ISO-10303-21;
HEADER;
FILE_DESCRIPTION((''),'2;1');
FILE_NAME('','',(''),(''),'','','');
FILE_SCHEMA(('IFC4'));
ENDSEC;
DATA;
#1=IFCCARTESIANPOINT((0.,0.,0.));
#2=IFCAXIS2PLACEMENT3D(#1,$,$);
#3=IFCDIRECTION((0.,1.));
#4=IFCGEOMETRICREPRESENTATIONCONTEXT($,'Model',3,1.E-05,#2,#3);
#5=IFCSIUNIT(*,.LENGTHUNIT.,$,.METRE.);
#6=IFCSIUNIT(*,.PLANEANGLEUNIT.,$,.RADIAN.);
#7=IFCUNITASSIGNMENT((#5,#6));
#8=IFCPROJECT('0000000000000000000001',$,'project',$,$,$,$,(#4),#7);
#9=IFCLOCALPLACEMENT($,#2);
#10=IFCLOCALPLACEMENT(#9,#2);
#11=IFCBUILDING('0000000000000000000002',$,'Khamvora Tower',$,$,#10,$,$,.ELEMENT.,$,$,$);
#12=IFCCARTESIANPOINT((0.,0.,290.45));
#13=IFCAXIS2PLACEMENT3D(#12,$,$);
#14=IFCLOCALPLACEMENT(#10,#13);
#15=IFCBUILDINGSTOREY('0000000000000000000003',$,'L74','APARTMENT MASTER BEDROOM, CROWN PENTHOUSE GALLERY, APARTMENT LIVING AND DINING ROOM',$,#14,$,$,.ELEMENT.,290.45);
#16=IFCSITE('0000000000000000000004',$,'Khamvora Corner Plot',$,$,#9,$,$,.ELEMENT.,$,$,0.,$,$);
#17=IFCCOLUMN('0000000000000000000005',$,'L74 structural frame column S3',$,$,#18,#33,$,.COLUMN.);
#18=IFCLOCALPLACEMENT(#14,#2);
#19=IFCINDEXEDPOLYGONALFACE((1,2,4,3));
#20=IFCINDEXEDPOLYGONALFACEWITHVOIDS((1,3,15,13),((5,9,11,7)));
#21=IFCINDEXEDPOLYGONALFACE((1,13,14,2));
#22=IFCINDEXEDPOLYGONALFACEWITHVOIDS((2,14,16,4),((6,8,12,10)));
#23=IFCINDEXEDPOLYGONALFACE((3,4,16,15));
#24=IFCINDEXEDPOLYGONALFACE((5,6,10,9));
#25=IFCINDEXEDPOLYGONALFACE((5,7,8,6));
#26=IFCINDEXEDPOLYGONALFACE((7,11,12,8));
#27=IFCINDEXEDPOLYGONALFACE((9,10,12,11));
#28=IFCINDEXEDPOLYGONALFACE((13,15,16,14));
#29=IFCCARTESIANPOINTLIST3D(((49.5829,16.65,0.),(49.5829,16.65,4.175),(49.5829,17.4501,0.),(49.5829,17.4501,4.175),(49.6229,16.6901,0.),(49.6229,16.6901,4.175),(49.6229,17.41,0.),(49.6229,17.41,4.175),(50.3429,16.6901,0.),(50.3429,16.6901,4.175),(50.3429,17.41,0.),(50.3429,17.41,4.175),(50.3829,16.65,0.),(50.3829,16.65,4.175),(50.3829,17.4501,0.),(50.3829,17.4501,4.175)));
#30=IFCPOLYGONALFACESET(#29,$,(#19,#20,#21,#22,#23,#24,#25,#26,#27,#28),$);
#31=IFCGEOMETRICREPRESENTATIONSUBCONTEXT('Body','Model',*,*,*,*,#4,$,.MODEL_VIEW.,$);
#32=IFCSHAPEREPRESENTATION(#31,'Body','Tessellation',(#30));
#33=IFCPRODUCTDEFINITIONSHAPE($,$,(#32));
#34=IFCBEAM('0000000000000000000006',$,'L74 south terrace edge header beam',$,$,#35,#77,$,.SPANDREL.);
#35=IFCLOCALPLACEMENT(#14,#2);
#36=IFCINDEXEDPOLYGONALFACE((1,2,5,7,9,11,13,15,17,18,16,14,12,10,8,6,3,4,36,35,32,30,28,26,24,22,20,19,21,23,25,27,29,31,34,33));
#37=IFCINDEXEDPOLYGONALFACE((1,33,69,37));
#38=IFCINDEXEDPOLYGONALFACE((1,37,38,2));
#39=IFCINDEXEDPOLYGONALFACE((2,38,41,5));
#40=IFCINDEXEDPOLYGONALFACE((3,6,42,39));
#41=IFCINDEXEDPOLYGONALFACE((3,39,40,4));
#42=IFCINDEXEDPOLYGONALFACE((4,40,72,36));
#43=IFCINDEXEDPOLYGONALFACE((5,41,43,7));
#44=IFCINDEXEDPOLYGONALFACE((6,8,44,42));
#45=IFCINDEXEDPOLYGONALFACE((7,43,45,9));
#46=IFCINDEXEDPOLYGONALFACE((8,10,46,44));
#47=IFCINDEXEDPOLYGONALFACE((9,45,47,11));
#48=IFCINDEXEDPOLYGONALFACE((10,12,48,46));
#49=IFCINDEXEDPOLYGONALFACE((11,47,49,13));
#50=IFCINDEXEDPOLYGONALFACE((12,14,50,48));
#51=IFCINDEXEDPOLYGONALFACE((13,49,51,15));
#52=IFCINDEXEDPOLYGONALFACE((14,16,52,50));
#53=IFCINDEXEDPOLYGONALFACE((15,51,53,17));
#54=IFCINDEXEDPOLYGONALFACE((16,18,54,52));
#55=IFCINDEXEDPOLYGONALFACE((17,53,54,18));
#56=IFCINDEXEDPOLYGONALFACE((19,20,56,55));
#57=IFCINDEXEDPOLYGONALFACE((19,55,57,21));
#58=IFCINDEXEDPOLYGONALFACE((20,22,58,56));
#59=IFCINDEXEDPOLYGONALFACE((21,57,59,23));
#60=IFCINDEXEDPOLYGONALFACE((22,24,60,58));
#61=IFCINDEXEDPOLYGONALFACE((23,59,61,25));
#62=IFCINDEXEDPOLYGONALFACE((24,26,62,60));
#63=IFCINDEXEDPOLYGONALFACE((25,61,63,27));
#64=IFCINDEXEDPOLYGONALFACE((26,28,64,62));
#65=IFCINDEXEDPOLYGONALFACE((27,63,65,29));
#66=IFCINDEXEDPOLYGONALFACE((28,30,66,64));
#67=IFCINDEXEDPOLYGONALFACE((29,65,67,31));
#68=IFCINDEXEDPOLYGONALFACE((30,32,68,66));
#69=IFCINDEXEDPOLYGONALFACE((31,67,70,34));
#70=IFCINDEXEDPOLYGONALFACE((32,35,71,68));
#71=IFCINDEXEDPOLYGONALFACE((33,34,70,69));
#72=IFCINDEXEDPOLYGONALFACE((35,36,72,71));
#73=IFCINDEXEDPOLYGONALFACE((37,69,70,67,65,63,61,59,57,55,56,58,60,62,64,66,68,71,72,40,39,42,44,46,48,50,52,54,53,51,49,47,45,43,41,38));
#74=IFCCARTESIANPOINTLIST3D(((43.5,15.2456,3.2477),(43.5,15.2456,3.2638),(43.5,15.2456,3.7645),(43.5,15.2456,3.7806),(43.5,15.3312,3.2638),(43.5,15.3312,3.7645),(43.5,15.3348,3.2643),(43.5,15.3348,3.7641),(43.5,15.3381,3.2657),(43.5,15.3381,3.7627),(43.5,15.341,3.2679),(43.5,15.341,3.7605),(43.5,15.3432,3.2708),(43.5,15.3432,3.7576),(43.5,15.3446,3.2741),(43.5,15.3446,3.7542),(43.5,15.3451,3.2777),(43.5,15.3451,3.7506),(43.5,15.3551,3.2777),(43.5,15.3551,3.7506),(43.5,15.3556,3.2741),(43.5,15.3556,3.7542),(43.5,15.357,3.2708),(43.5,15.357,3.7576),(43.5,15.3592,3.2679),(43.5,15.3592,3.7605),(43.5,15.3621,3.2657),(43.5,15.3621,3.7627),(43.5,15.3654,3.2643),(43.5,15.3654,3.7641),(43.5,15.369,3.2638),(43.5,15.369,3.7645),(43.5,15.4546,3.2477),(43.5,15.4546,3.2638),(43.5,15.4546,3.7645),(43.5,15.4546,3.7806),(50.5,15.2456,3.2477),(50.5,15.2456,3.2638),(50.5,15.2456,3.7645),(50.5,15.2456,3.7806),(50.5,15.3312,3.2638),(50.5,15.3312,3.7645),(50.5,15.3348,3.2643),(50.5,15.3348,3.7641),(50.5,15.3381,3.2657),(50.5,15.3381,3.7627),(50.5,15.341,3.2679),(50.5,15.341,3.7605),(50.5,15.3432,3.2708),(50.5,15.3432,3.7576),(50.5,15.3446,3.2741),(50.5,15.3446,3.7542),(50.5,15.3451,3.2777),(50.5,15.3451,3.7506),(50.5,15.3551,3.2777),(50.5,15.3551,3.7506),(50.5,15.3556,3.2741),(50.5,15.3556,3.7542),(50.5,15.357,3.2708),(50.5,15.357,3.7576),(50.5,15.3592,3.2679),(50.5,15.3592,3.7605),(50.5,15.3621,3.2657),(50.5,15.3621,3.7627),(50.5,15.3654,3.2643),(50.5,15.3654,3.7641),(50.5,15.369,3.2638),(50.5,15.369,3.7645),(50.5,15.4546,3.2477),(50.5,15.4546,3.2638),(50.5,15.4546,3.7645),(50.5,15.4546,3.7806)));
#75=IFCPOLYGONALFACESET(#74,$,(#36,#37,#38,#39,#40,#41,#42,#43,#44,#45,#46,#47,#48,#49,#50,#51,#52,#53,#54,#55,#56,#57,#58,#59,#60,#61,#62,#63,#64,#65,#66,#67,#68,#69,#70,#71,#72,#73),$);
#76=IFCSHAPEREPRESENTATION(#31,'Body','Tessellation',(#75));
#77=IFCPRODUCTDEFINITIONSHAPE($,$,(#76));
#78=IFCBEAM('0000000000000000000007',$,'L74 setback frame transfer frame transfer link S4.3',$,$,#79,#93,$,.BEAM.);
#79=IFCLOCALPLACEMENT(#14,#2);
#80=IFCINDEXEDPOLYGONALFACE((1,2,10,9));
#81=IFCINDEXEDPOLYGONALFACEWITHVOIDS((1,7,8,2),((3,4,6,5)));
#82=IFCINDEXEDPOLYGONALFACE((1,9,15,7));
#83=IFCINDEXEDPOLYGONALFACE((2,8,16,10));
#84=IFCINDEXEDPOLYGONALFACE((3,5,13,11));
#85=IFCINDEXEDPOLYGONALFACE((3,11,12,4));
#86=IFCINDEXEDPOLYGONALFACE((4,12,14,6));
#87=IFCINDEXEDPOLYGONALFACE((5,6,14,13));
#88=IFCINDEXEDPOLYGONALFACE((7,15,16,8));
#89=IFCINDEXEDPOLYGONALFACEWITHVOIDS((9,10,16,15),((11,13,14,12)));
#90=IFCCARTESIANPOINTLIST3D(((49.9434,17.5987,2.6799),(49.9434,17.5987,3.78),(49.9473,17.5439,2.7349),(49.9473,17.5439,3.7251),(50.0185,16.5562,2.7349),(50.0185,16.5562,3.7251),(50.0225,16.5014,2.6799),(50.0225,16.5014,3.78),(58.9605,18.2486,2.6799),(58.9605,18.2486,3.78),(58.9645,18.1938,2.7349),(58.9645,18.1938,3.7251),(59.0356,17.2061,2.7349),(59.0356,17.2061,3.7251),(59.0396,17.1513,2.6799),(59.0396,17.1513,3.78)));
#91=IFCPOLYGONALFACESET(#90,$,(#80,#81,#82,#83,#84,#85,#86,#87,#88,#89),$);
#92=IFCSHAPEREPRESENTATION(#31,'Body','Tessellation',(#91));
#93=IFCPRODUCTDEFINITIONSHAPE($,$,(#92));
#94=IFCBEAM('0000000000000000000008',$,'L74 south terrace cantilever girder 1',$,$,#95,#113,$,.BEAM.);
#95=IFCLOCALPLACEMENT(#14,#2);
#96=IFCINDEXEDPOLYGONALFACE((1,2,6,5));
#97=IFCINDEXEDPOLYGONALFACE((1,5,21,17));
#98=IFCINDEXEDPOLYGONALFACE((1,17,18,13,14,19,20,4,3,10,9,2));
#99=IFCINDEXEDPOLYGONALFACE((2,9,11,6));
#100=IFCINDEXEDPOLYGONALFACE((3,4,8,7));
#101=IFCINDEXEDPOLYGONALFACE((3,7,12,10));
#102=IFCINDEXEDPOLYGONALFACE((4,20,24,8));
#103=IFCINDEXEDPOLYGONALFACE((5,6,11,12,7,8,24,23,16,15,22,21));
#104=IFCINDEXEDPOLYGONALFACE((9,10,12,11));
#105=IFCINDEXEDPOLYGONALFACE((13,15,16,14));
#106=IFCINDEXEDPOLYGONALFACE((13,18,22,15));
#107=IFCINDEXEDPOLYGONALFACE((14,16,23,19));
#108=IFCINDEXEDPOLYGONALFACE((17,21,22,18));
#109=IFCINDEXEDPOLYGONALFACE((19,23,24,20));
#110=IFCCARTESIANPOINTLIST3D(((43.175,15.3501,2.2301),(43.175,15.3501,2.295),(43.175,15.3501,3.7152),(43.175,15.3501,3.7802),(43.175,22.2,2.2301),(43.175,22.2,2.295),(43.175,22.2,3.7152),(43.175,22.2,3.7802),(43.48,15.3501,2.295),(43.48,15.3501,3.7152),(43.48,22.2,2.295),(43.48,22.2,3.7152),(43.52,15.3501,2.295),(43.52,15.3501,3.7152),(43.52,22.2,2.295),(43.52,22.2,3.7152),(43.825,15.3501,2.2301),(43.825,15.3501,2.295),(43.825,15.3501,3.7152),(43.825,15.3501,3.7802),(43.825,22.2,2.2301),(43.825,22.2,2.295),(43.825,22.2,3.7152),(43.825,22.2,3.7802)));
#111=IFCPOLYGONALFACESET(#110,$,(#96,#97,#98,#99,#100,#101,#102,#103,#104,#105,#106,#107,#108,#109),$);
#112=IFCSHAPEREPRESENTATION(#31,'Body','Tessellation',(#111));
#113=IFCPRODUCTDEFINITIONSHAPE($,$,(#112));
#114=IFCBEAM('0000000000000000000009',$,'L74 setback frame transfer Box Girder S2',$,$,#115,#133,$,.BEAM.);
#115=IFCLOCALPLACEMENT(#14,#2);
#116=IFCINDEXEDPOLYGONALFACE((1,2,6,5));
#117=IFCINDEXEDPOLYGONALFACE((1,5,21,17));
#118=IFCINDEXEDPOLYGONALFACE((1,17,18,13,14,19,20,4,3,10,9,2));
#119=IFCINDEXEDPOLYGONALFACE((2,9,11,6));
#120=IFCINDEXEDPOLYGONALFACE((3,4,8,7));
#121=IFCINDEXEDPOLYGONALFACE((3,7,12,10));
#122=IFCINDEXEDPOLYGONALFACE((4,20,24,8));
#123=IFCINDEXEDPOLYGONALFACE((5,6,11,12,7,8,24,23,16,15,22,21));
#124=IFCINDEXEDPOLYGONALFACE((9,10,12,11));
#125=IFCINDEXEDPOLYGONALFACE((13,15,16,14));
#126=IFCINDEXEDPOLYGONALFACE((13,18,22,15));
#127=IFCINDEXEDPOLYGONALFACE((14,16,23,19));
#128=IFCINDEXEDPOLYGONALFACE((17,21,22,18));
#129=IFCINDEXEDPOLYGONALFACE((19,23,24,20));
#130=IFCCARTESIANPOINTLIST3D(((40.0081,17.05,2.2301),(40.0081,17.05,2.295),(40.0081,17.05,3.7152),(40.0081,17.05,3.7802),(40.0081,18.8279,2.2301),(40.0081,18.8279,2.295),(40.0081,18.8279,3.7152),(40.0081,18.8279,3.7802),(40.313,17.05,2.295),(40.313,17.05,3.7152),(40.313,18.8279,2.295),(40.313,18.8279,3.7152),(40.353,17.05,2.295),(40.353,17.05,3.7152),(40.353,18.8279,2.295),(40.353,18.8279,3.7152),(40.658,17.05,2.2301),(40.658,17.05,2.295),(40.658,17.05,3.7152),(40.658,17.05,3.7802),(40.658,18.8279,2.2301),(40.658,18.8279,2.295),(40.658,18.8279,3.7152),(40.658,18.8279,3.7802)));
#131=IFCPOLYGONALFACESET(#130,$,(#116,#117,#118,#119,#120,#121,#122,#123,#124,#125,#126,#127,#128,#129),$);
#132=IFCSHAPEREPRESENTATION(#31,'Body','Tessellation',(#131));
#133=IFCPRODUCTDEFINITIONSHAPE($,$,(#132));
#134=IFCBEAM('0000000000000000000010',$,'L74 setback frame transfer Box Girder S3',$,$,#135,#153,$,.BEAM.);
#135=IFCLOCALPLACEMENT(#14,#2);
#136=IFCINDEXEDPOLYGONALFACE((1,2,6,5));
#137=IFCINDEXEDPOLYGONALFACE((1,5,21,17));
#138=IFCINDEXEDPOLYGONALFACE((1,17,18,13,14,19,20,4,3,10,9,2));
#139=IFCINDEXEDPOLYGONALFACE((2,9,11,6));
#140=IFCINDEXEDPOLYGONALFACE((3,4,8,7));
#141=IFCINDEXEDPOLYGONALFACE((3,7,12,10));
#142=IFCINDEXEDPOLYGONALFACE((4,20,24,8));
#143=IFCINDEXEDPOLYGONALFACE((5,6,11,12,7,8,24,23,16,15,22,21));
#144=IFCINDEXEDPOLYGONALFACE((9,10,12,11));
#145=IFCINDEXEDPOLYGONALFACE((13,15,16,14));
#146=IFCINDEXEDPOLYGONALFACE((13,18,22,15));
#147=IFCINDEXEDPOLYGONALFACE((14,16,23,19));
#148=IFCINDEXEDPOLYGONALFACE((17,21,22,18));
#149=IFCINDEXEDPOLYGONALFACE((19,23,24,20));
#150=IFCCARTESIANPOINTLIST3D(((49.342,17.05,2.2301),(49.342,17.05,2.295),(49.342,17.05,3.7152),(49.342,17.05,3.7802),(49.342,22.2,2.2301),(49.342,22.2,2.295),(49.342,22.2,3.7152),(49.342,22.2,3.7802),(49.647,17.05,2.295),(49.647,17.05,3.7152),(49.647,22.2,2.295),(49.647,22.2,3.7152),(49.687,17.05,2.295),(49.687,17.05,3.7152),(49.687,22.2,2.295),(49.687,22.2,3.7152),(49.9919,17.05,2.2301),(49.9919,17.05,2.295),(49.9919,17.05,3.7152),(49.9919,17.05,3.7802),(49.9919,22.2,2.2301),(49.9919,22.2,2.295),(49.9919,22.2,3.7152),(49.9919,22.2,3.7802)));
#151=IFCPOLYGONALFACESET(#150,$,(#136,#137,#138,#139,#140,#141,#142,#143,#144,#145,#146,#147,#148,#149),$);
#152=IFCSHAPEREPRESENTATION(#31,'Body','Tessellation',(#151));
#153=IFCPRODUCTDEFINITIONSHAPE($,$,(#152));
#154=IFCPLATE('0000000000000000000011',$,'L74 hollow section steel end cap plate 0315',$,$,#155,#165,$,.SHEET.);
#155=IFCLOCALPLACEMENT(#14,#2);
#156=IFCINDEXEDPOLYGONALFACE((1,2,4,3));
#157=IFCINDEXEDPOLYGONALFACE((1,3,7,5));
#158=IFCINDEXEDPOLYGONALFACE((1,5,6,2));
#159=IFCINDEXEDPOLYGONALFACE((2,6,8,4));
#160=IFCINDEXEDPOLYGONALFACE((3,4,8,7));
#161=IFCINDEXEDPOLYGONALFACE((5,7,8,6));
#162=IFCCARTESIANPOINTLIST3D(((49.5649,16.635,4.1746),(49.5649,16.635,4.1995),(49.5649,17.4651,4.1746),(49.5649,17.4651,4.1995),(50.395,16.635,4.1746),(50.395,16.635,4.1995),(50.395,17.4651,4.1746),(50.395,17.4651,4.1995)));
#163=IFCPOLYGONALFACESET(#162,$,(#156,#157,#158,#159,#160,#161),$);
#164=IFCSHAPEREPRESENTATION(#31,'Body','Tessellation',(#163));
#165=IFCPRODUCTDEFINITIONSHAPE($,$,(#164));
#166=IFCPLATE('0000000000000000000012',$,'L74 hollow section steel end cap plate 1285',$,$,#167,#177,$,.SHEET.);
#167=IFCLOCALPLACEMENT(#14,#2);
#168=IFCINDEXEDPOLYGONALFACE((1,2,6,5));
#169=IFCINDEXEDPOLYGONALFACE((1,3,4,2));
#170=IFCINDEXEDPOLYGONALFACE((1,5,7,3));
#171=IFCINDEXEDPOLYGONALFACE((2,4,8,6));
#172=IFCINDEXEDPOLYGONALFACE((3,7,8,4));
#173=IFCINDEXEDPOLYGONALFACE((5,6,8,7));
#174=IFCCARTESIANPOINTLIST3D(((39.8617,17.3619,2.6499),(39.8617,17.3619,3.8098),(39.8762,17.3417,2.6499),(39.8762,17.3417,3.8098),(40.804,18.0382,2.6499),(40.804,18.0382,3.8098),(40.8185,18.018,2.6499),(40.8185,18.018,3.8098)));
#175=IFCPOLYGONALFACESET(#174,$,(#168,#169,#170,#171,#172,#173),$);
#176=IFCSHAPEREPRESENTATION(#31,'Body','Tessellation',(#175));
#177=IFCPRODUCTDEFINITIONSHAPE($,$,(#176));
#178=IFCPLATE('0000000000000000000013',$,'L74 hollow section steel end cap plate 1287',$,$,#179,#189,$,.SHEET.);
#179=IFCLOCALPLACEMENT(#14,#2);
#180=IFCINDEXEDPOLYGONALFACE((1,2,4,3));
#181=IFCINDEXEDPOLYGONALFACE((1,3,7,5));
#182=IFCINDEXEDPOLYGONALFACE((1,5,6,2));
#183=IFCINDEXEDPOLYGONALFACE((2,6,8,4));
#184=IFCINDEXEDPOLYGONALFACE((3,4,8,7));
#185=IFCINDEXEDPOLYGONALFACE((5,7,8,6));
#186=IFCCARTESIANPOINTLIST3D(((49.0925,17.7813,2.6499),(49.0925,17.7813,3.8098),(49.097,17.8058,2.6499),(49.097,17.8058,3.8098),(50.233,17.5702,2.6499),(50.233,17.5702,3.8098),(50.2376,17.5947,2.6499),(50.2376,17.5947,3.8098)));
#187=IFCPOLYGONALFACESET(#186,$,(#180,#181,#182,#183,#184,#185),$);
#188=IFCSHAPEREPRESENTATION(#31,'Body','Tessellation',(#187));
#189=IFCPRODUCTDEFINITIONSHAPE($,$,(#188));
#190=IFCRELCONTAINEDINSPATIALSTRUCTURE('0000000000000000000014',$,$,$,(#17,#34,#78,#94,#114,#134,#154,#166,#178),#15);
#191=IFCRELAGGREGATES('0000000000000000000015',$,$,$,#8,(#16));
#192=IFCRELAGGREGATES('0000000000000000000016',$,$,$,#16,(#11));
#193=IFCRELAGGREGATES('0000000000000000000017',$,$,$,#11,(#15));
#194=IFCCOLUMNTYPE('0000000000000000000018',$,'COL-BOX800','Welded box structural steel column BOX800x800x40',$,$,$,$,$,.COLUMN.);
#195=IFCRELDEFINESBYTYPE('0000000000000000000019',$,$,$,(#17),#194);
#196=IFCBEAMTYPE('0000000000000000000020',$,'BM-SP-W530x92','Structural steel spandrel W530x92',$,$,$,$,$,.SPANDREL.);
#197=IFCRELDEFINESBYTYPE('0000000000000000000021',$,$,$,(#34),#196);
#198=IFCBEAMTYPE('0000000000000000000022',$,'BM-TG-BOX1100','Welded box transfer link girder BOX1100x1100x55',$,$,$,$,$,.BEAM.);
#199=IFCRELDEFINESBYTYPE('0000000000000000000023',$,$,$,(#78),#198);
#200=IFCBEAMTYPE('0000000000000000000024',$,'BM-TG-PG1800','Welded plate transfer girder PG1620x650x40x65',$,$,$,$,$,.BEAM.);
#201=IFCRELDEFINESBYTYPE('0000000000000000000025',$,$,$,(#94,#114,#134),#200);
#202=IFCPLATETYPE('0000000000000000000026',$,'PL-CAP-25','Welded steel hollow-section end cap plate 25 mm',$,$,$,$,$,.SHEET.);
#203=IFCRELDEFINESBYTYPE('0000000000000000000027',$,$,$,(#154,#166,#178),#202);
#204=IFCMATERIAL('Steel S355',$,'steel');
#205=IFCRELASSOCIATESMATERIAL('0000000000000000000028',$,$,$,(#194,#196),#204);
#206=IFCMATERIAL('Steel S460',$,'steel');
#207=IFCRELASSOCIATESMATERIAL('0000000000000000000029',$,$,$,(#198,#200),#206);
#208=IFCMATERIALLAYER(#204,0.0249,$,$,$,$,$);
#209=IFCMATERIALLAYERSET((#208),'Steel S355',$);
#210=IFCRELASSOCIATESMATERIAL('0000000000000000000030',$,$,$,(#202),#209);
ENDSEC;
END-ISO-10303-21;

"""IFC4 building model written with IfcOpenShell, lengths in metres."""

from ifc_helpers import new_model, si_unit, direction, frame, origin, origin_2d, place, context, subcontext, project, spatial, rectangle, hollow_rectangle, i_section, extrude, material, layer, layer_set, material_profile, profile_set, type_object, element, save


model = new_model("IFC4")

# Units and contexts
model_context = context("Model", 3, precision=1e-05, world=origin(), true_north=direction((0.0, 1.0)))
body_context = subcontext(model_context, "Body", "Model", "MODEL_VIEW")
ifc_project = project(units=[si_unit("LENGTHUNIT", "METRE"), si_unit("PLANEANGLEUNIT", "RADIAN")], contexts=[model_context])

# Site, building, storey
site_placement = place(None, origin())
site = spatial("IfcSite", under=ifc_project, at=site_placement, Name="Khamvora Corner Plot", CompositionType="ELEMENT", RefElevation=0.0)
building_placement = place(site_placement, origin())
building = spatial("IfcBuilding", under=site, at=building_placement, Name="Khamvora Tower", CompositionType="ELEMENT")
storey_placement = place(building_placement, frame((0.0, 0.0, 290.45)))
storey = spatial("IfcBuildingStorey", under=building, at=storey_placement, Name="L74", Description="APARTMENT MASTER BEDROOM, CROWN PENTHOUSE GALLERY, APARTMENT LIVING AND DINING ROOM", CompositionType="ELEMENT", Elevation=290.45)

# Column
ifc_material_1 = material(Name="Steel S355", Category="steel")
ifc_material_profile_1 = material_profile(ifc_material_1, hollow_rectangle(XDim=0.8, YDim=0.8, WallThickness=0.04, at=origin_2d()), Name="BOX800x800x40")
ifc_profile_set_1 = profile_set([ifc_material_profile_1], Name="Steel S355")
column_type = type_object("IfcColumnType", Name="COL-BOX800", Description="Welded box structural steel column BOX800x800x40", PredefinedType="COLUMN", material=ifc_profile_set_1)
column_placement = place(storey_placement, frame((49.9829, 17.05, 0.0), z_axis=(0.0, 0.0, 1.0), x_axis=(1.0, 0.0, 0.0)))
element("IfcColumn", 1, at=column_placement, inside=storey, type_object=column_type, Name="L74 structural frame column S3", PredefinedType="COLUMN", context=body_context, shape_type="SweptSolid", body=[
    extrude(hollow_rectangle(XDim=0.8, YDim=0.8, WallThickness=0.04, at=origin_2d()), origin(), (0.0, 0.0, 1.0), 4.175),
])

# Beams
ifc_material_profile_2 = material_profile(ifc_material_1, i_section(OverallWidth=0.209, OverallDepth=0.533, WebThickness=0.01, FlangeThickness=0.0161, FilletRadius=0.0139, at=origin_2d()), Name="W530x92")
ifc_profile_set_2 = profile_set([ifc_material_profile_2], Name="Steel S355")
beam_type_1 = type_object("IfcBeamType", Name="BM-SP-W530x92", Description="Structural steel spandrel W530x92", PredefinedType="SPANDREL", material=ifc_profile_set_2)
beam_1_placement = place(storey_placement, frame((43.5, 15.3501, 3.5142), z_axis=(1.0, 0.0, 0.0), x_axis=(0.0, 1.0, 0.0)))
element("IfcBeam", 2, at=beam_1_placement, inside=storey, type_object=beam_type_1, Name="L74 south terrace edge header beam", PredefinedType="SPANDREL", context=body_context, shape_type="SweptSolid", body=[
    extrude(i_section(OverallWidth=0.209, OverallDepth=0.533, WebThickness=0.01, FlangeThickness=0.0161, FilletRadius=0.0139, at=origin_2d()), origin(), (0.0, 0.0, 1.0), 7.0),
])
ifc_material_2 = material(Name="Steel S460", Category="steel")
ifc_material_profile_3 = material_profile(ifc_material_2, hollow_rectangle(XDim=1.1001, YDim=1.1001, WallThickness=0.0549, at=origin_2d()), Name="BOX1100x1100x55")
ifc_profile_set_3 = profile_set([ifc_material_profile_3], Name="Steel S460")
beam_type_2 = type_object("IfcBeamType", Name="BM-TG-BOX1100", Description="Welded box transfer link girder BOX1100x1100x55", PredefinedType="BEAM", material=ifc_profile_set_3)
beam_2_placement = place(storey_placement, frame((49.9829, 17.05, 3.23), z_axis=(0.997413, 0.071888, 0.0), x_axis=(-0.071888, 0.997413, 0.0)))
element("IfcBeam", 3, at=beam_2_placement, inside=storey, type_object=beam_type_2, Name="L74 setback frame transfer frame transfer link S4.3", PredefinedType="BEAM", context=body_context, shape_type="SweptSolid", body=[
    extrude(hollow_rectangle(XDim=1.1001, YDim=1.1001, WallThickness=0.0549, at=origin_2d()), origin(), (0.0, 0.0, 1.0), 9.0405),
])
ifc_material_profile_4 = material_profile(ifc_material_2, i_section(OverallWidth=0.6499, OverallDepth=1.55, WebThickness=0.04, FlangeThickness=0.0649, at=origin_2d()), Name="PG1550x650x40x65")
ifc_profile_set_4 = profile_set([ifc_material_profile_4], Name="Steel S460")
beam_type_3 = type_object("IfcBeamType", Name="BM-TG-PG1800", Description="Welded plate transfer girder PG1620x650x40x65", PredefinedType="BEAM", material=ifc_profile_set_4)
beam_3_placement = place(storey_placement, frame((43.5, 22.2, 3.0051), z_axis=(0.0, -1.0, 0.0), x_axis=(1.0, 0.0, 0.0)))
element("IfcBeam", 4, at=beam_3_placement, inside=storey, type_object=beam_type_3, Name="L74 south terrace cantilever girder 1", PredefinedType="BEAM", context=body_context, shape_type="SweptSolid", body=[
    extrude(i_section(OverallWidth=0.6499, OverallDepth=1.55, WebThickness=0.04, FlangeThickness=0.0649, at=origin_2d()), origin(), (0.0, 0.0, 1.0), 6.8499),
])
beam_4_placement = place(storey_placement, frame((40.333, 17.05, 3.0051), z_axis=(0.0, 1.0, 0.0), x_axis=(-1.0, 0.0, 0.0)))
element("IfcBeam", 5, at=beam_4_placement, inside=storey, type_object=beam_type_3, Name="L74 setback frame transfer Box Girder S2", PredefinedType="BEAM", context=body_context, shape_type="SweptSolid", body=[
    extrude(i_section(OverallWidth=0.6499, OverallDepth=1.55, WebThickness=0.04, FlangeThickness=0.0649, at=origin_2d()), origin(), (0.0, 0.0, 1.0), 1.7778),
])
beam_5_placement = place(storey_placement, frame((49.667, 17.05, 3.0051), z_axis=(0.0, 1.0, 0.0), x_axis=(-1.0, 0.0, 0.0)))
element("IfcBeam", 6, at=beam_5_placement, inside=storey, type_object=beam_type_3, Name="L74 setback frame transfer Box Girder S3", PredefinedType="BEAM", context=body_context, shape_type="SweptSolid", body=[
    extrude(i_section(OverallWidth=0.6499, OverallDepth=1.55, WebThickness=0.04, FlangeThickness=0.0649, at=origin_2d()), origin(), (0.0, 0.0, 1.0), 5.1499),
])

# Plates
ifc_layer_1 = layer(ifc_material_1, 0.0249)
ifc_layer_set_1 = layer_set([ifc_layer_1], Name="Steel S355")
plate_type = type_object("IfcPlateType", Name="PL-CAP-25", Description="Welded steel hollow-section end cap plate 25 mm", PredefinedType="SHEET", material=ifc_layer_set_1)
plate_placement = place(storey_placement, frame((49.98, 17.05, 4.1746), z_axis=(0.0, 0.0, 1.0), x_axis=(1.0, 0.0, 0.0)))
element("IfcPlate", 7, at=plate_placement, inside=storey, type_object=plate_type, Name="L74 hollow section steel end cap plate 0315", PredefinedType="SHEET", context=body_context, shape_type="SweptSolid", body=[
    extrude(rectangle(XDim=0.8301, YDim=0.8301, at=origin_2d()), origin(), (0.0, 0.0, 1.0), 0.0249),
])
for number, where, z_axis, x_axis, name in (
    (8, (40.3401, 17.6899, 2.6499), (0.0, 0.0, 1.0), (0.583073, -0.812419, 0.0), "L74 hollow section steel end cap plate 1285"),
    (9, (49.665, 17.688, 2.6499), (0.0, 0.0, 1.0), (-0.182012, -0.983296, 0.0), "L74 hollow section steel end cap plate 1287"),
):
    element("IfcPlate", number, at=place(storey_placement, frame(where, z_axis=z_axis, x_axis=x_axis)), inside=storey, type_object=plate_type, Name=name, PredefinedType="SHEET", context=body_context, shape_type="SweptSolid", body=[
        extrude(rectangle(XDim=0.0249, YDim=1.1599, at=origin_2d()), origin(), (0.0, 0.0, 1.0), 1.1599),
    ])

save(model, "model.ifc")
